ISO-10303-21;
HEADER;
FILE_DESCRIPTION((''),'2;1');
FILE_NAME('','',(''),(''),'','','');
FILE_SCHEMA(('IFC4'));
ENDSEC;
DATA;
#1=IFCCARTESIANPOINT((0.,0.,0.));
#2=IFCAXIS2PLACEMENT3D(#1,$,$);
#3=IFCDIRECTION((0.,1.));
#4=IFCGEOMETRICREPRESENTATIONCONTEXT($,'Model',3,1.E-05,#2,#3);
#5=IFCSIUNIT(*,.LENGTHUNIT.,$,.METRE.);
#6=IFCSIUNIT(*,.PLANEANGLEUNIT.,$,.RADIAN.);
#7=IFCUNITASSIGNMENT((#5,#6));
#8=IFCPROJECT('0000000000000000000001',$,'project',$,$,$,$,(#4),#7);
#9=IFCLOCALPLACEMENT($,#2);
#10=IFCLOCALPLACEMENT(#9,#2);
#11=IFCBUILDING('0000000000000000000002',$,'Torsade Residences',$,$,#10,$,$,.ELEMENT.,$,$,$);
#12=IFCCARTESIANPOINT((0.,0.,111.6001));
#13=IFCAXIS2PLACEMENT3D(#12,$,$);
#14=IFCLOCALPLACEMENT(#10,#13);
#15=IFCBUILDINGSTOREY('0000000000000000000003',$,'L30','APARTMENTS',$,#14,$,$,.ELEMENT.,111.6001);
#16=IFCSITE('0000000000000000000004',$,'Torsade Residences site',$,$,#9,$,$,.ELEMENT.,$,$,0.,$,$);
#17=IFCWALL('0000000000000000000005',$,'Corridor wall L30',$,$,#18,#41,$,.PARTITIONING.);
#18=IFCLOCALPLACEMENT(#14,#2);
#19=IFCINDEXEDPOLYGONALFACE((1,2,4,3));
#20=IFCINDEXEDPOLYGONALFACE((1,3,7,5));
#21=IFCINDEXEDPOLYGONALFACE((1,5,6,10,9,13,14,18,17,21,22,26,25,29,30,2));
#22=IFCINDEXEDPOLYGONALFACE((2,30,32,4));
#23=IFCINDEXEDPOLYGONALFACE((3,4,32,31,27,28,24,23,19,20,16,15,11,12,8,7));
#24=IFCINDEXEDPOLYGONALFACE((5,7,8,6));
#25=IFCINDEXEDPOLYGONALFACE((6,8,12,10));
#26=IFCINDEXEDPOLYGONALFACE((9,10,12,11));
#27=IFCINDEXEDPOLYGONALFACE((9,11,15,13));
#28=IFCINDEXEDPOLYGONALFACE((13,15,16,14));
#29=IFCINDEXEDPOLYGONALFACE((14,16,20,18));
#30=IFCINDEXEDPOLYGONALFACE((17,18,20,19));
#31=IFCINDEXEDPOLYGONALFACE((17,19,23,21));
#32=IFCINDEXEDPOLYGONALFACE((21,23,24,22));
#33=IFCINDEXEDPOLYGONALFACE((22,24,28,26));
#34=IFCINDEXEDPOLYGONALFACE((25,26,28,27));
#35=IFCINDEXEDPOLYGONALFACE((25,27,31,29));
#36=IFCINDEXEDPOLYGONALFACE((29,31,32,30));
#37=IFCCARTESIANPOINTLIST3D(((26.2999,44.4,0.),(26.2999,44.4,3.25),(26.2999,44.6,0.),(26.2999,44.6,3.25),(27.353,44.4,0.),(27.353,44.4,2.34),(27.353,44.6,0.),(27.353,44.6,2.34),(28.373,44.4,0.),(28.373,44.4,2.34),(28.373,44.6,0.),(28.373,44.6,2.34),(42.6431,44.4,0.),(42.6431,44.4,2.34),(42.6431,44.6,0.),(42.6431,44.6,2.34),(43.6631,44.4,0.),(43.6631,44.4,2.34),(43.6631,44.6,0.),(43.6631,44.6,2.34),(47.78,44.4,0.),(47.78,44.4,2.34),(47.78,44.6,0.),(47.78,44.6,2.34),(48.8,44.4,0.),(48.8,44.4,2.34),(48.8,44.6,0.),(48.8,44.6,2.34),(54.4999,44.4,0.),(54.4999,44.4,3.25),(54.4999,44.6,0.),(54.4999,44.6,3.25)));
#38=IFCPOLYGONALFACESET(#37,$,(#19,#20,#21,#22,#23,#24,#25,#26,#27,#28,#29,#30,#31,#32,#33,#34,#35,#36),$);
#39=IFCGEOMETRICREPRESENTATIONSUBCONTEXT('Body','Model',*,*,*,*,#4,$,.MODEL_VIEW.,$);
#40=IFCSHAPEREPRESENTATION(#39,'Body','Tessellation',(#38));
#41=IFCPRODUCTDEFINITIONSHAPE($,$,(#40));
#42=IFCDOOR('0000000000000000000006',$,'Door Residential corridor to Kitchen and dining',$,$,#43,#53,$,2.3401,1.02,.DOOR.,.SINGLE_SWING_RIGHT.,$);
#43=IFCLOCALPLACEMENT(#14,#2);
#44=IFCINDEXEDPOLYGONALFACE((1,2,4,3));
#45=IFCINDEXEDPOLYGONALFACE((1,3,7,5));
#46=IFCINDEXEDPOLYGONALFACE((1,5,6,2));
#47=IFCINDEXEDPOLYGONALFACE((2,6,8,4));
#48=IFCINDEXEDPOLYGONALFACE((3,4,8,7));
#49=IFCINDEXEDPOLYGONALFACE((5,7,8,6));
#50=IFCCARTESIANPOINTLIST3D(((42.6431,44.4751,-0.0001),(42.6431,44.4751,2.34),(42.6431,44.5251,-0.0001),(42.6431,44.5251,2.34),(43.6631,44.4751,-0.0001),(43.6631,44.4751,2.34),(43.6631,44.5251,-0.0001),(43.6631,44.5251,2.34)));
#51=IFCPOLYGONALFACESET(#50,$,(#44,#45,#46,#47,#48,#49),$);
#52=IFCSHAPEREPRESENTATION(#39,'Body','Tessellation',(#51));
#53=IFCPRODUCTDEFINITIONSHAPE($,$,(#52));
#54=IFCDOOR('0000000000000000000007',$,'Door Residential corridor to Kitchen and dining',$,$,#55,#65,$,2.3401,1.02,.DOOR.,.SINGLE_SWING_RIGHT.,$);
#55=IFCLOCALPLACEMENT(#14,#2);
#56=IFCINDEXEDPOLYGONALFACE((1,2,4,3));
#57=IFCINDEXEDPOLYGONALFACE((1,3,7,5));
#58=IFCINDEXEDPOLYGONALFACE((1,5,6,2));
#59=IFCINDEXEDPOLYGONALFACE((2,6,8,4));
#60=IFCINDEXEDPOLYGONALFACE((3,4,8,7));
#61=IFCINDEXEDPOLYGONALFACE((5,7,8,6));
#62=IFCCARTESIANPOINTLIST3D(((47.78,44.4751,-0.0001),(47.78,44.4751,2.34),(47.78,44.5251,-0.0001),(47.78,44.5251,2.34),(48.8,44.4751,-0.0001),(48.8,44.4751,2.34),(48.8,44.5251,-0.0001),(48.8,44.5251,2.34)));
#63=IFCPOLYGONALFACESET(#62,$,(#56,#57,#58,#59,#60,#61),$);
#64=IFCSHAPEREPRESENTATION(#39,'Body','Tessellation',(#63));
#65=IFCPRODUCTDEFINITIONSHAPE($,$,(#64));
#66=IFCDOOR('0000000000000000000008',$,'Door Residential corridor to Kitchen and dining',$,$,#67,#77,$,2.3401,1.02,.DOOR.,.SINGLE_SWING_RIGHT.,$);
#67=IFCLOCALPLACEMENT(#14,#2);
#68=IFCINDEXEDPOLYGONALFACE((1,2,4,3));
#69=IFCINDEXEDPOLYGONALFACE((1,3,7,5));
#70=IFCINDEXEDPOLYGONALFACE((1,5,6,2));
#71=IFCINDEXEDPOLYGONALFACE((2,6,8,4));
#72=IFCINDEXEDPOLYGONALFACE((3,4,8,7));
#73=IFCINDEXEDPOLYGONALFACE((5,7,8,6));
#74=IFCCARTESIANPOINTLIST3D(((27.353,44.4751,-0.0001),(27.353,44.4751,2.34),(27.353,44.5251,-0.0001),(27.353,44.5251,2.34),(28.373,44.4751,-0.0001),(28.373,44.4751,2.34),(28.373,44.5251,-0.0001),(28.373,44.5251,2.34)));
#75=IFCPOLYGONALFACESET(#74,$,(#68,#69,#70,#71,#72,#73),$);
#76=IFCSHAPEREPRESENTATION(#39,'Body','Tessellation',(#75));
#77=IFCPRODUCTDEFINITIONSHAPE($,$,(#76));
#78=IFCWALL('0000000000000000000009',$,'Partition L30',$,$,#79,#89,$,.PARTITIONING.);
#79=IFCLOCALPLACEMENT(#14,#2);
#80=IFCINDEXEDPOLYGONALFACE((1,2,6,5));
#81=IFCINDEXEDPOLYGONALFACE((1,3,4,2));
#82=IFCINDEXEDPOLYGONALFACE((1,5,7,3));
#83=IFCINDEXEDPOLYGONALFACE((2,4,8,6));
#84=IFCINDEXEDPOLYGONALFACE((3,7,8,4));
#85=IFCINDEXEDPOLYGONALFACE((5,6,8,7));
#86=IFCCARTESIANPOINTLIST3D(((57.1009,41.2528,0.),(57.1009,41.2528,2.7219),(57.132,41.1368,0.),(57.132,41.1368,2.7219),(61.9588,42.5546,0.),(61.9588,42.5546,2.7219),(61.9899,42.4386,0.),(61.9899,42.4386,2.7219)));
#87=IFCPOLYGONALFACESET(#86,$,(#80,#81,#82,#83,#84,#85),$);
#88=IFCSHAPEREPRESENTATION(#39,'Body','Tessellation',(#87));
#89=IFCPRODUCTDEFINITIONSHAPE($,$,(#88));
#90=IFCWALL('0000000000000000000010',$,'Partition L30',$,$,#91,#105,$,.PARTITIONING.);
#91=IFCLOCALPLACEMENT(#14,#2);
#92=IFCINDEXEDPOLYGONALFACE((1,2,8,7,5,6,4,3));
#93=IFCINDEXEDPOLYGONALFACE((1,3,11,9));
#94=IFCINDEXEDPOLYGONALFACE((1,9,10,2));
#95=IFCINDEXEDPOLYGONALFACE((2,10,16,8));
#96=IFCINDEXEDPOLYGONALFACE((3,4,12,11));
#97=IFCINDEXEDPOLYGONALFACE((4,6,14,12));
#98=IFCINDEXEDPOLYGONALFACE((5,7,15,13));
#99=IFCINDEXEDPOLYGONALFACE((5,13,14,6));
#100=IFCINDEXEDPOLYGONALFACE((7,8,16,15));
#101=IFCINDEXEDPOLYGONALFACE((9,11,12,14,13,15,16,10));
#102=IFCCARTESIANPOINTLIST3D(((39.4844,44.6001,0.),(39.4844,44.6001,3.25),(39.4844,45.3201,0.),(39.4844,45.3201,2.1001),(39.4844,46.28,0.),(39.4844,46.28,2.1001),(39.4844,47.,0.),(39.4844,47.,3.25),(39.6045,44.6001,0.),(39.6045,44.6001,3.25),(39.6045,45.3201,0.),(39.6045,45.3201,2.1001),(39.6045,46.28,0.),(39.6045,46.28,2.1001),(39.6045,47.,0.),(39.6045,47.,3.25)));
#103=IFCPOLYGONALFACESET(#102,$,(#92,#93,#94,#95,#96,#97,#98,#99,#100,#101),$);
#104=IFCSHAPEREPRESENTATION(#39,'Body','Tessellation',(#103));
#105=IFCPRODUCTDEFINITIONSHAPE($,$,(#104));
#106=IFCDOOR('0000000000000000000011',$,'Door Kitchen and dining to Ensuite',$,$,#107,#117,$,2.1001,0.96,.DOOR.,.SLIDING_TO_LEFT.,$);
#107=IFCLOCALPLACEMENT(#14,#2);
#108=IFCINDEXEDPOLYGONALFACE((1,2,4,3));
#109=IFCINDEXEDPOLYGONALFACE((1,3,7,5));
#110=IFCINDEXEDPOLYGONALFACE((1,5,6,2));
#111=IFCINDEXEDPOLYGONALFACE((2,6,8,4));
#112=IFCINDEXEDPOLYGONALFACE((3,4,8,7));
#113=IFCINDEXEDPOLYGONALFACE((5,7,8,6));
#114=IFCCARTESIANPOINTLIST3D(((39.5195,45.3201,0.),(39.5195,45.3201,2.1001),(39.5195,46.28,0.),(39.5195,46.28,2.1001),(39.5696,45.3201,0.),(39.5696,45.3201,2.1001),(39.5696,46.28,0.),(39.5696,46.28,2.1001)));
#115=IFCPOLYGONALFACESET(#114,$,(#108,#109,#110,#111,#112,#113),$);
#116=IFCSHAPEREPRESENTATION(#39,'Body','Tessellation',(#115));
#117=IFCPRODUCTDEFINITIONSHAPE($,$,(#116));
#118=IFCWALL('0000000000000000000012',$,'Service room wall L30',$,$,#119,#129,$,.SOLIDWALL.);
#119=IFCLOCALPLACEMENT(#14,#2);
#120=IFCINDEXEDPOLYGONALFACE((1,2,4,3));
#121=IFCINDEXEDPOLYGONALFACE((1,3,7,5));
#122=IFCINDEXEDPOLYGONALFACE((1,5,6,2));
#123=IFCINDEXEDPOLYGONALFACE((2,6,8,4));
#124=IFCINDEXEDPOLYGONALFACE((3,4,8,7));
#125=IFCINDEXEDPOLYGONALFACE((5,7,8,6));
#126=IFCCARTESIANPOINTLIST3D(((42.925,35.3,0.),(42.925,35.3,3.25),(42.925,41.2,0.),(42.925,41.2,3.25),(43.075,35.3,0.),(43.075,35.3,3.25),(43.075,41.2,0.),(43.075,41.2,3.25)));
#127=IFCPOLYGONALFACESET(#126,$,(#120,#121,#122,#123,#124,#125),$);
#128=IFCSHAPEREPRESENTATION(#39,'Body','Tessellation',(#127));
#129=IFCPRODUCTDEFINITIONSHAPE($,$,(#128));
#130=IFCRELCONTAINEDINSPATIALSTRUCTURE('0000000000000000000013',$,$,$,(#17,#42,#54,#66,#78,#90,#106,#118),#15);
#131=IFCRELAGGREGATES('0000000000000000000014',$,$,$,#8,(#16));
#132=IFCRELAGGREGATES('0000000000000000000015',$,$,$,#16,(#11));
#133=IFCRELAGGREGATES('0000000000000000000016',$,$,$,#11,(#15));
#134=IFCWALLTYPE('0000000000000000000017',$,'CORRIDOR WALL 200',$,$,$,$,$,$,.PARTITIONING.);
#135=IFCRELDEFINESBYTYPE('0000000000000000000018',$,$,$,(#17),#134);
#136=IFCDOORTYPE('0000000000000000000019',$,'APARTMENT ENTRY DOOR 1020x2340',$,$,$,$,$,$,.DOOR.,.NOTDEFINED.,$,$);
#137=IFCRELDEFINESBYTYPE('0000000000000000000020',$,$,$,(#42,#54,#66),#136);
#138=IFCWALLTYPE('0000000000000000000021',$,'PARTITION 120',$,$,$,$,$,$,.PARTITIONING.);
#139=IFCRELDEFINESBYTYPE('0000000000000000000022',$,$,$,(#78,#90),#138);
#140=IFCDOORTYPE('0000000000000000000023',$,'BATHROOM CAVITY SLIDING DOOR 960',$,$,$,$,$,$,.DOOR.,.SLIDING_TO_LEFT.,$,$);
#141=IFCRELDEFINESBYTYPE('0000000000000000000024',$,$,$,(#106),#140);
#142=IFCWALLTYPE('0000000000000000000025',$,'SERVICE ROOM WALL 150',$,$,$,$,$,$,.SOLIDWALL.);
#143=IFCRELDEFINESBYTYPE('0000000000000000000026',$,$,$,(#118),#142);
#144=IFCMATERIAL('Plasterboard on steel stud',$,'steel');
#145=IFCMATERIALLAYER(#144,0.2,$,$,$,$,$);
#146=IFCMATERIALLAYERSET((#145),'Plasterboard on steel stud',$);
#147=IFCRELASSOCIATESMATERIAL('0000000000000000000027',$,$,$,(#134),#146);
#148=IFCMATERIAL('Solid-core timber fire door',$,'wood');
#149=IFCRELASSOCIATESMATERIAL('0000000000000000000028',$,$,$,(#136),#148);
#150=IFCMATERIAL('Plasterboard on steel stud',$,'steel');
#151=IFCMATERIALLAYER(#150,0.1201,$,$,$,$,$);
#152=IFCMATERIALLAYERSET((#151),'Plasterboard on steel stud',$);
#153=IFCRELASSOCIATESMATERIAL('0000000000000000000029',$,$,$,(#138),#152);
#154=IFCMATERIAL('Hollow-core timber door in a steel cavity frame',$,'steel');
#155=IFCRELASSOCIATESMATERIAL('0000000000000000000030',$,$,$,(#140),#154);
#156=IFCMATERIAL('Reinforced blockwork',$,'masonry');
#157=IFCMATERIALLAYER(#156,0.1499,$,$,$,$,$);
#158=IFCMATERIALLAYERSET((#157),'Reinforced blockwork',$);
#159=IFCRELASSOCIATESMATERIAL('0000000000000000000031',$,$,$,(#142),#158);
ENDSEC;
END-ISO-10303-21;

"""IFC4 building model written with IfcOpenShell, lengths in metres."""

from ifc_helpers import new_model, si_unit, direction, frame, frame_2d, origin, place, context, subcontext, project, spatial, rectangle, extrude, material, layer, layer_set, type_object, element, fill, save


model = new_model("IFC4")

# Units and contexts
model_context = context("Model", 3, precision=1e-05, world=origin(), true_north=direction((0.0, 1.0)))
body_context = subcontext(model_context, "Body", "Model", "MODEL_VIEW")
ifc_project = project(units=[si_unit("LENGTHUNIT", "METRE"), si_unit("PLANEANGLEUNIT", "RADIAN")], contexts=[model_context])

# Site, building, storey
site_placement = place(None, origin())
site = spatial("IfcSite", under=ifc_project, at=site_placement, Name="Torsade Residences site", CompositionType="ELEMENT", RefElevation=0.0)
building_placement = place(site_placement, origin())
building = spatial("IfcBuilding", under=site, at=building_placement, Name="Torsade Residences", CompositionType="ELEMENT")
storey_placement = place(building_placement, frame((0.0, 0.0, 111.6001)))
storey = spatial("IfcBuildingStorey", under=building, at=storey_placement, Name="L30", Description="APARTMENTS", CompositionType="ELEMENT", Elevation=111.6001)

# Wall, openings, doors
ifc_material_1 = material(Name="Plasterboard on steel stud", Category="steel")
ifc_layer_1 = layer(ifc_material_1, 0.2)
ifc_layer_set_1 = layer_set([ifc_layer_1], Name="Plasterboard on steel stud")
wall_type_1 = type_object("IfcWallType", Name="CORRIDOR WALL 200", PredefinedType="PARTITIONING", material=ifc_layer_set_1)
wall_1_placement = place(storey_placement, frame((54.5, 44.5, 0.0), z_axis=(0.0, 0.0, 1.0), x_axis=(-1.0, 0.0, 0.0)))
wall_1 = element("IfcWall", 1, at=wall_1_placement, inside=storey, type_object=wall_type_1, Name="Corridor wall L30", PredefinedType="PARTITIONING", context=body_context, shape_type="SweptSolid", body=[
    extrude(rectangle(XDim=28.2, YDim=0.2, at=frame_2d((14.1001, 0.0))), origin(), (0.0, 0.0, 1.0), 3.25),
])
opening_1_placement = place(wall_1_placement, frame((10.8369, 0.0, 0.0)))
opening_1 = element("IfcOpeningElement", 2, at=opening_1_placement, cuts=wall_1, PredefinedType="OPENING", context=body_context, shape_type="SweptSolid", body=[
    extrude(rectangle(XDim=1.02, YDim=2.3401, at=frame_2d((0.51, 1.1699))), frame((0.0, 0.1099, 0.0), z_axis=(0.0, -1.0, 0.0), x_axis=(1.0, 0.0, 0.0)), (0.0, 0.0, 1.0), 0.22),
])
opening_2_placement = place(wall_1_placement, frame((5.7, 0.0, 0.0)))
opening_2 = element("IfcOpeningElement", 3, at=opening_2_placement, cuts=wall_1, PredefinedType="OPENING", context=body_context, shape_type="SweptSolid", body=[
    extrude(rectangle(XDim=1.02, YDim=2.3401, at=frame_2d((0.51, 1.1699))), frame((0.0, 0.1099, 0.0), z_axis=(0.0, -1.0, 0.0), x_axis=(1.0, 0.0, 0.0)), (0.0, 0.0, 1.0), 0.22),
])
opening_3_placement = place(wall_1_placement, frame((26.127, 0.0, 0.0)))
opening_3 = element("IfcOpeningElement", 4, at=opening_3_placement, cuts=wall_1, PredefinedType="OPENING", context=body_context, shape_type="SweptSolid", body=[
    extrude(rectangle(XDim=1.02, YDim=2.3401, at=frame_2d((0.51, 1.1699))), frame((0.0, 0.1099, 0.0), z_axis=(0.0, -1.0, 0.0), x_axis=(1.0, 0.0, 0.0)), (0.0, 0.0, 1.0), 0.22),
])
ifc_material_2 = material(Name="Solid-core timber fire door", Category="wood")
door_type_1 = type_object("IfcDoorType", Name="APARTMENT ENTRY DOOR 1020x2340", OperationType="NOTDEFINED", PredefinedType="DOOR", material=ifc_material_2)
door_1_placement = place(opening_1_placement, origin())
door_1 = element("IfcDoor", 5, at=door_1_placement, inside=storey, type_object=door_type_1, Name="Door Residential corridor to Kitchen and dining", OperationType="SINGLE_SWING_RIGHT", OverallHeight=2.3401, OverallWidth=1.02, PredefinedType="DOOR", context=body_context, shape_type="SweptSolid", body=[
    extrude(rectangle(XDim=1.02, YDim=2.3401, at=frame_2d((0.51, 1.1699))), frame((0.0, 0.0249, 0.0), z_axis=(0.0, -1.0, 0.0), x_axis=(1.0, 0.0, 0.0)), (0.0, 0.0, 1.0), 0.05),
])
fill(opening_1, door_1)
door_2_placement = place(opening_2_placement, origin())
door_2 = element("IfcDoor", 6, at=door_2_placement, inside=storey, type_object=door_type_1, Name="Door Residential corridor to Kitchen and dining", OperationType="SINGLE_SWING_RIGHT", OverallHeight=2.3401, OverallWidth=1.02, PredefinedType="DOOR", context=body_context, shape_type="SweptSolid", body=[
    extrude(rectangle(XDim=1.02, YDim=2.3401, at=frame_2d((0.51, 1.1699))), frame((0.0, 0.0249, 0.0), z_axis=(0.0, -1.0, 0.0), x_axis=(1.0, 0.0, 0.0)), (0.0, 0.0, 1.0), 0.05),
])
fill(opening_2, door_2)
door_3_placement = place(opening_3_placement, origin())
door_3 = element("IfcDoor", 7, at=door_3_placement, inside=storey, type_object=door_type_1, Name="Door Residential corridor to Kitchen and dining", OperationType="SINGLE_SWING_RIGHT", OverallHeight=2.3401, OverallWidth=1.02, PredefinedType="DOOR", context=body_context, shape_type="SweptSolid", body=[
    extrude(rectangle(XDim=1.02, YDim=2.3401, at=frame_2d((0.51, 1.1699))), frame((0.0, 0.0249, 0.0), z_axis=(0.0, -1.0, 0.0), x_axis=(1.0, 0.0, 0.0)), (0.0, 0.0, 1.0), 0.05),
])
fill(opening_3, door_3)

# Wall
ifc_material_3 = material(Name="Plasterboard on steel stud", Category="steel")
ifc_layer_2 = layer(ifc_material_3, 0.1201)
ifc_layer_set_2 = layer_set([ifc_layer_2], Name="Plasterboard on steel stud")
wall_type_2 = type_object("IfcWallType", Name="PARTITION 120", PredefinedType="PARTITIONING", material=ifc_layer_set_2)
wall_2_placement = place(storey_placement, frame((57.1165, 41.1948, 0.0), z_axis=(0.0, 0.0, 1.0), x_axis=(0.965922, 0.258835, 0.0)))
element("IfcWall", 8, at=wall_2_placement, inside=storey, type_object=wall_type_2, Name="Partition L30", PredefinedType="PARTITIONING", context=body_context, shape_type="SweptSolid", body=[
    extrude(rectangle(XDim=5.0293, YDim=0.1201, at=frame_2d((2.5146, 0.0))), origin(), (0.0, 0.0, 1.0), 2.7219),
])

# Wall, opening, door
wall_3_placement = place(storey_placement, frame((39.5444, 44.6001, 0.0), z_axis=(0.0, 0.0, 1.0), x_axis=(0.0, 1.0, 0.0)))
wall_3 = element("IfcWall", 9, at=wall_3_placement, inside=storey, type_object=wall_type_2, Name="Partition L30", PredefinedType="PARTITIONING", context=body_context, shape_type="SweptSolid", body=[
    extrude(rectangle(XDim=2.3999, YDim=0.1201, at=frame_2d((1.2, 0.0))), origin(), (0.0, 0.0, 1.0), 3.25),
])
opening_4_placement = place(wall_3_placement, frame((0.72, 0.0, 0.0)))
opening_4 = element("IfcOpeningElement", 10, at=opening_4_placement, cuts=wall_3, PredefinedType="OPENING", context=body_context, shape_type="SweptSolid", body=[
    extrude(rectangle(XDim=0.96, YDim=2.1001, at=frame_2d((0.48, 1.05))), frame((0.0, 0.0701, 0.0), z_axis=(0.0, -1.0, 0.0), x_axis=(1.0, 0.0, 0.0)), (0.0, 0.0, 1.0), 0.1401),
])
ifc_material_4 = material(Name="Hollow-core timber door in a steel cavity frame", Category="steel")
door_type_2 = type_object("IfcDoorType", Name="BATHROOM CAVITY SLIDING DOOR 960", OperationType="SLIDING_TO_LEFT", PredefinedType="DOOR", material=ifc_material_4)
door_4_placement = place(opening_4_placement, origin())
door_4 = element("IfcDoor", 11, at=door_4_placement, inside=storey, type_object=door_type_2, Name="Door Kitchen and dining to Ensuite", OperationType="SLIDING_TO_LEFT", OverallHeight=2.1001, OverallWidth=0.96, PredefinedType="DOOR", context=body_context, shape_type="SweptSolid", body=[
    extrude(rectangle(XDim=0.96, YDim=2.1001, at=frame_2d((0.48, 1.05))), frame((0.0, 0.0249, 0.0), z_axis=(0.0, -1.0, 0.0), x_axis=(1.0, 0.0, 0.0)), (0.0, 0.0, 1.0), 0.05),
])
fill(opening_4, door_4)

# Wall
ifc_material_5 = material(Name="Reinforced blockwork", Category="masonry")
ifc_layer_3 = layer(ifc_material_5, 0.1499)
ifc_layer_set_3 = layer_set([ifc_layer_3], Name="Reinforced blockwork")
wall_type_3 = type_object("IfcWallType", Name="SERVICE ROOM WALL 150", PredefinedType="SOLIDWALL", material=ifc_layer_set_3)
wall_4_placement = place(storey_placement, frame((43.0, 41.2, 0.0), z_axis=(0.0, 0.0, 1.0), x_axis=(0.0, -1.0, 0.0)))
element("IfcWall", 12, at=wall_4_placement, inside=storey, type_object=wall_type_3, Name="Service room wall L30", PredefinedType="SOLIDWALL", context=body_context, shape_type="SweptSolid", body=[
    extrude(rectangle(XDim=5.8999, YDim=0.1499, at=frame_2d((2.95, 0.0))), origin(), (0.0, 0.0, 1.0), 3.25),
])

save(model, "model.ifc")
